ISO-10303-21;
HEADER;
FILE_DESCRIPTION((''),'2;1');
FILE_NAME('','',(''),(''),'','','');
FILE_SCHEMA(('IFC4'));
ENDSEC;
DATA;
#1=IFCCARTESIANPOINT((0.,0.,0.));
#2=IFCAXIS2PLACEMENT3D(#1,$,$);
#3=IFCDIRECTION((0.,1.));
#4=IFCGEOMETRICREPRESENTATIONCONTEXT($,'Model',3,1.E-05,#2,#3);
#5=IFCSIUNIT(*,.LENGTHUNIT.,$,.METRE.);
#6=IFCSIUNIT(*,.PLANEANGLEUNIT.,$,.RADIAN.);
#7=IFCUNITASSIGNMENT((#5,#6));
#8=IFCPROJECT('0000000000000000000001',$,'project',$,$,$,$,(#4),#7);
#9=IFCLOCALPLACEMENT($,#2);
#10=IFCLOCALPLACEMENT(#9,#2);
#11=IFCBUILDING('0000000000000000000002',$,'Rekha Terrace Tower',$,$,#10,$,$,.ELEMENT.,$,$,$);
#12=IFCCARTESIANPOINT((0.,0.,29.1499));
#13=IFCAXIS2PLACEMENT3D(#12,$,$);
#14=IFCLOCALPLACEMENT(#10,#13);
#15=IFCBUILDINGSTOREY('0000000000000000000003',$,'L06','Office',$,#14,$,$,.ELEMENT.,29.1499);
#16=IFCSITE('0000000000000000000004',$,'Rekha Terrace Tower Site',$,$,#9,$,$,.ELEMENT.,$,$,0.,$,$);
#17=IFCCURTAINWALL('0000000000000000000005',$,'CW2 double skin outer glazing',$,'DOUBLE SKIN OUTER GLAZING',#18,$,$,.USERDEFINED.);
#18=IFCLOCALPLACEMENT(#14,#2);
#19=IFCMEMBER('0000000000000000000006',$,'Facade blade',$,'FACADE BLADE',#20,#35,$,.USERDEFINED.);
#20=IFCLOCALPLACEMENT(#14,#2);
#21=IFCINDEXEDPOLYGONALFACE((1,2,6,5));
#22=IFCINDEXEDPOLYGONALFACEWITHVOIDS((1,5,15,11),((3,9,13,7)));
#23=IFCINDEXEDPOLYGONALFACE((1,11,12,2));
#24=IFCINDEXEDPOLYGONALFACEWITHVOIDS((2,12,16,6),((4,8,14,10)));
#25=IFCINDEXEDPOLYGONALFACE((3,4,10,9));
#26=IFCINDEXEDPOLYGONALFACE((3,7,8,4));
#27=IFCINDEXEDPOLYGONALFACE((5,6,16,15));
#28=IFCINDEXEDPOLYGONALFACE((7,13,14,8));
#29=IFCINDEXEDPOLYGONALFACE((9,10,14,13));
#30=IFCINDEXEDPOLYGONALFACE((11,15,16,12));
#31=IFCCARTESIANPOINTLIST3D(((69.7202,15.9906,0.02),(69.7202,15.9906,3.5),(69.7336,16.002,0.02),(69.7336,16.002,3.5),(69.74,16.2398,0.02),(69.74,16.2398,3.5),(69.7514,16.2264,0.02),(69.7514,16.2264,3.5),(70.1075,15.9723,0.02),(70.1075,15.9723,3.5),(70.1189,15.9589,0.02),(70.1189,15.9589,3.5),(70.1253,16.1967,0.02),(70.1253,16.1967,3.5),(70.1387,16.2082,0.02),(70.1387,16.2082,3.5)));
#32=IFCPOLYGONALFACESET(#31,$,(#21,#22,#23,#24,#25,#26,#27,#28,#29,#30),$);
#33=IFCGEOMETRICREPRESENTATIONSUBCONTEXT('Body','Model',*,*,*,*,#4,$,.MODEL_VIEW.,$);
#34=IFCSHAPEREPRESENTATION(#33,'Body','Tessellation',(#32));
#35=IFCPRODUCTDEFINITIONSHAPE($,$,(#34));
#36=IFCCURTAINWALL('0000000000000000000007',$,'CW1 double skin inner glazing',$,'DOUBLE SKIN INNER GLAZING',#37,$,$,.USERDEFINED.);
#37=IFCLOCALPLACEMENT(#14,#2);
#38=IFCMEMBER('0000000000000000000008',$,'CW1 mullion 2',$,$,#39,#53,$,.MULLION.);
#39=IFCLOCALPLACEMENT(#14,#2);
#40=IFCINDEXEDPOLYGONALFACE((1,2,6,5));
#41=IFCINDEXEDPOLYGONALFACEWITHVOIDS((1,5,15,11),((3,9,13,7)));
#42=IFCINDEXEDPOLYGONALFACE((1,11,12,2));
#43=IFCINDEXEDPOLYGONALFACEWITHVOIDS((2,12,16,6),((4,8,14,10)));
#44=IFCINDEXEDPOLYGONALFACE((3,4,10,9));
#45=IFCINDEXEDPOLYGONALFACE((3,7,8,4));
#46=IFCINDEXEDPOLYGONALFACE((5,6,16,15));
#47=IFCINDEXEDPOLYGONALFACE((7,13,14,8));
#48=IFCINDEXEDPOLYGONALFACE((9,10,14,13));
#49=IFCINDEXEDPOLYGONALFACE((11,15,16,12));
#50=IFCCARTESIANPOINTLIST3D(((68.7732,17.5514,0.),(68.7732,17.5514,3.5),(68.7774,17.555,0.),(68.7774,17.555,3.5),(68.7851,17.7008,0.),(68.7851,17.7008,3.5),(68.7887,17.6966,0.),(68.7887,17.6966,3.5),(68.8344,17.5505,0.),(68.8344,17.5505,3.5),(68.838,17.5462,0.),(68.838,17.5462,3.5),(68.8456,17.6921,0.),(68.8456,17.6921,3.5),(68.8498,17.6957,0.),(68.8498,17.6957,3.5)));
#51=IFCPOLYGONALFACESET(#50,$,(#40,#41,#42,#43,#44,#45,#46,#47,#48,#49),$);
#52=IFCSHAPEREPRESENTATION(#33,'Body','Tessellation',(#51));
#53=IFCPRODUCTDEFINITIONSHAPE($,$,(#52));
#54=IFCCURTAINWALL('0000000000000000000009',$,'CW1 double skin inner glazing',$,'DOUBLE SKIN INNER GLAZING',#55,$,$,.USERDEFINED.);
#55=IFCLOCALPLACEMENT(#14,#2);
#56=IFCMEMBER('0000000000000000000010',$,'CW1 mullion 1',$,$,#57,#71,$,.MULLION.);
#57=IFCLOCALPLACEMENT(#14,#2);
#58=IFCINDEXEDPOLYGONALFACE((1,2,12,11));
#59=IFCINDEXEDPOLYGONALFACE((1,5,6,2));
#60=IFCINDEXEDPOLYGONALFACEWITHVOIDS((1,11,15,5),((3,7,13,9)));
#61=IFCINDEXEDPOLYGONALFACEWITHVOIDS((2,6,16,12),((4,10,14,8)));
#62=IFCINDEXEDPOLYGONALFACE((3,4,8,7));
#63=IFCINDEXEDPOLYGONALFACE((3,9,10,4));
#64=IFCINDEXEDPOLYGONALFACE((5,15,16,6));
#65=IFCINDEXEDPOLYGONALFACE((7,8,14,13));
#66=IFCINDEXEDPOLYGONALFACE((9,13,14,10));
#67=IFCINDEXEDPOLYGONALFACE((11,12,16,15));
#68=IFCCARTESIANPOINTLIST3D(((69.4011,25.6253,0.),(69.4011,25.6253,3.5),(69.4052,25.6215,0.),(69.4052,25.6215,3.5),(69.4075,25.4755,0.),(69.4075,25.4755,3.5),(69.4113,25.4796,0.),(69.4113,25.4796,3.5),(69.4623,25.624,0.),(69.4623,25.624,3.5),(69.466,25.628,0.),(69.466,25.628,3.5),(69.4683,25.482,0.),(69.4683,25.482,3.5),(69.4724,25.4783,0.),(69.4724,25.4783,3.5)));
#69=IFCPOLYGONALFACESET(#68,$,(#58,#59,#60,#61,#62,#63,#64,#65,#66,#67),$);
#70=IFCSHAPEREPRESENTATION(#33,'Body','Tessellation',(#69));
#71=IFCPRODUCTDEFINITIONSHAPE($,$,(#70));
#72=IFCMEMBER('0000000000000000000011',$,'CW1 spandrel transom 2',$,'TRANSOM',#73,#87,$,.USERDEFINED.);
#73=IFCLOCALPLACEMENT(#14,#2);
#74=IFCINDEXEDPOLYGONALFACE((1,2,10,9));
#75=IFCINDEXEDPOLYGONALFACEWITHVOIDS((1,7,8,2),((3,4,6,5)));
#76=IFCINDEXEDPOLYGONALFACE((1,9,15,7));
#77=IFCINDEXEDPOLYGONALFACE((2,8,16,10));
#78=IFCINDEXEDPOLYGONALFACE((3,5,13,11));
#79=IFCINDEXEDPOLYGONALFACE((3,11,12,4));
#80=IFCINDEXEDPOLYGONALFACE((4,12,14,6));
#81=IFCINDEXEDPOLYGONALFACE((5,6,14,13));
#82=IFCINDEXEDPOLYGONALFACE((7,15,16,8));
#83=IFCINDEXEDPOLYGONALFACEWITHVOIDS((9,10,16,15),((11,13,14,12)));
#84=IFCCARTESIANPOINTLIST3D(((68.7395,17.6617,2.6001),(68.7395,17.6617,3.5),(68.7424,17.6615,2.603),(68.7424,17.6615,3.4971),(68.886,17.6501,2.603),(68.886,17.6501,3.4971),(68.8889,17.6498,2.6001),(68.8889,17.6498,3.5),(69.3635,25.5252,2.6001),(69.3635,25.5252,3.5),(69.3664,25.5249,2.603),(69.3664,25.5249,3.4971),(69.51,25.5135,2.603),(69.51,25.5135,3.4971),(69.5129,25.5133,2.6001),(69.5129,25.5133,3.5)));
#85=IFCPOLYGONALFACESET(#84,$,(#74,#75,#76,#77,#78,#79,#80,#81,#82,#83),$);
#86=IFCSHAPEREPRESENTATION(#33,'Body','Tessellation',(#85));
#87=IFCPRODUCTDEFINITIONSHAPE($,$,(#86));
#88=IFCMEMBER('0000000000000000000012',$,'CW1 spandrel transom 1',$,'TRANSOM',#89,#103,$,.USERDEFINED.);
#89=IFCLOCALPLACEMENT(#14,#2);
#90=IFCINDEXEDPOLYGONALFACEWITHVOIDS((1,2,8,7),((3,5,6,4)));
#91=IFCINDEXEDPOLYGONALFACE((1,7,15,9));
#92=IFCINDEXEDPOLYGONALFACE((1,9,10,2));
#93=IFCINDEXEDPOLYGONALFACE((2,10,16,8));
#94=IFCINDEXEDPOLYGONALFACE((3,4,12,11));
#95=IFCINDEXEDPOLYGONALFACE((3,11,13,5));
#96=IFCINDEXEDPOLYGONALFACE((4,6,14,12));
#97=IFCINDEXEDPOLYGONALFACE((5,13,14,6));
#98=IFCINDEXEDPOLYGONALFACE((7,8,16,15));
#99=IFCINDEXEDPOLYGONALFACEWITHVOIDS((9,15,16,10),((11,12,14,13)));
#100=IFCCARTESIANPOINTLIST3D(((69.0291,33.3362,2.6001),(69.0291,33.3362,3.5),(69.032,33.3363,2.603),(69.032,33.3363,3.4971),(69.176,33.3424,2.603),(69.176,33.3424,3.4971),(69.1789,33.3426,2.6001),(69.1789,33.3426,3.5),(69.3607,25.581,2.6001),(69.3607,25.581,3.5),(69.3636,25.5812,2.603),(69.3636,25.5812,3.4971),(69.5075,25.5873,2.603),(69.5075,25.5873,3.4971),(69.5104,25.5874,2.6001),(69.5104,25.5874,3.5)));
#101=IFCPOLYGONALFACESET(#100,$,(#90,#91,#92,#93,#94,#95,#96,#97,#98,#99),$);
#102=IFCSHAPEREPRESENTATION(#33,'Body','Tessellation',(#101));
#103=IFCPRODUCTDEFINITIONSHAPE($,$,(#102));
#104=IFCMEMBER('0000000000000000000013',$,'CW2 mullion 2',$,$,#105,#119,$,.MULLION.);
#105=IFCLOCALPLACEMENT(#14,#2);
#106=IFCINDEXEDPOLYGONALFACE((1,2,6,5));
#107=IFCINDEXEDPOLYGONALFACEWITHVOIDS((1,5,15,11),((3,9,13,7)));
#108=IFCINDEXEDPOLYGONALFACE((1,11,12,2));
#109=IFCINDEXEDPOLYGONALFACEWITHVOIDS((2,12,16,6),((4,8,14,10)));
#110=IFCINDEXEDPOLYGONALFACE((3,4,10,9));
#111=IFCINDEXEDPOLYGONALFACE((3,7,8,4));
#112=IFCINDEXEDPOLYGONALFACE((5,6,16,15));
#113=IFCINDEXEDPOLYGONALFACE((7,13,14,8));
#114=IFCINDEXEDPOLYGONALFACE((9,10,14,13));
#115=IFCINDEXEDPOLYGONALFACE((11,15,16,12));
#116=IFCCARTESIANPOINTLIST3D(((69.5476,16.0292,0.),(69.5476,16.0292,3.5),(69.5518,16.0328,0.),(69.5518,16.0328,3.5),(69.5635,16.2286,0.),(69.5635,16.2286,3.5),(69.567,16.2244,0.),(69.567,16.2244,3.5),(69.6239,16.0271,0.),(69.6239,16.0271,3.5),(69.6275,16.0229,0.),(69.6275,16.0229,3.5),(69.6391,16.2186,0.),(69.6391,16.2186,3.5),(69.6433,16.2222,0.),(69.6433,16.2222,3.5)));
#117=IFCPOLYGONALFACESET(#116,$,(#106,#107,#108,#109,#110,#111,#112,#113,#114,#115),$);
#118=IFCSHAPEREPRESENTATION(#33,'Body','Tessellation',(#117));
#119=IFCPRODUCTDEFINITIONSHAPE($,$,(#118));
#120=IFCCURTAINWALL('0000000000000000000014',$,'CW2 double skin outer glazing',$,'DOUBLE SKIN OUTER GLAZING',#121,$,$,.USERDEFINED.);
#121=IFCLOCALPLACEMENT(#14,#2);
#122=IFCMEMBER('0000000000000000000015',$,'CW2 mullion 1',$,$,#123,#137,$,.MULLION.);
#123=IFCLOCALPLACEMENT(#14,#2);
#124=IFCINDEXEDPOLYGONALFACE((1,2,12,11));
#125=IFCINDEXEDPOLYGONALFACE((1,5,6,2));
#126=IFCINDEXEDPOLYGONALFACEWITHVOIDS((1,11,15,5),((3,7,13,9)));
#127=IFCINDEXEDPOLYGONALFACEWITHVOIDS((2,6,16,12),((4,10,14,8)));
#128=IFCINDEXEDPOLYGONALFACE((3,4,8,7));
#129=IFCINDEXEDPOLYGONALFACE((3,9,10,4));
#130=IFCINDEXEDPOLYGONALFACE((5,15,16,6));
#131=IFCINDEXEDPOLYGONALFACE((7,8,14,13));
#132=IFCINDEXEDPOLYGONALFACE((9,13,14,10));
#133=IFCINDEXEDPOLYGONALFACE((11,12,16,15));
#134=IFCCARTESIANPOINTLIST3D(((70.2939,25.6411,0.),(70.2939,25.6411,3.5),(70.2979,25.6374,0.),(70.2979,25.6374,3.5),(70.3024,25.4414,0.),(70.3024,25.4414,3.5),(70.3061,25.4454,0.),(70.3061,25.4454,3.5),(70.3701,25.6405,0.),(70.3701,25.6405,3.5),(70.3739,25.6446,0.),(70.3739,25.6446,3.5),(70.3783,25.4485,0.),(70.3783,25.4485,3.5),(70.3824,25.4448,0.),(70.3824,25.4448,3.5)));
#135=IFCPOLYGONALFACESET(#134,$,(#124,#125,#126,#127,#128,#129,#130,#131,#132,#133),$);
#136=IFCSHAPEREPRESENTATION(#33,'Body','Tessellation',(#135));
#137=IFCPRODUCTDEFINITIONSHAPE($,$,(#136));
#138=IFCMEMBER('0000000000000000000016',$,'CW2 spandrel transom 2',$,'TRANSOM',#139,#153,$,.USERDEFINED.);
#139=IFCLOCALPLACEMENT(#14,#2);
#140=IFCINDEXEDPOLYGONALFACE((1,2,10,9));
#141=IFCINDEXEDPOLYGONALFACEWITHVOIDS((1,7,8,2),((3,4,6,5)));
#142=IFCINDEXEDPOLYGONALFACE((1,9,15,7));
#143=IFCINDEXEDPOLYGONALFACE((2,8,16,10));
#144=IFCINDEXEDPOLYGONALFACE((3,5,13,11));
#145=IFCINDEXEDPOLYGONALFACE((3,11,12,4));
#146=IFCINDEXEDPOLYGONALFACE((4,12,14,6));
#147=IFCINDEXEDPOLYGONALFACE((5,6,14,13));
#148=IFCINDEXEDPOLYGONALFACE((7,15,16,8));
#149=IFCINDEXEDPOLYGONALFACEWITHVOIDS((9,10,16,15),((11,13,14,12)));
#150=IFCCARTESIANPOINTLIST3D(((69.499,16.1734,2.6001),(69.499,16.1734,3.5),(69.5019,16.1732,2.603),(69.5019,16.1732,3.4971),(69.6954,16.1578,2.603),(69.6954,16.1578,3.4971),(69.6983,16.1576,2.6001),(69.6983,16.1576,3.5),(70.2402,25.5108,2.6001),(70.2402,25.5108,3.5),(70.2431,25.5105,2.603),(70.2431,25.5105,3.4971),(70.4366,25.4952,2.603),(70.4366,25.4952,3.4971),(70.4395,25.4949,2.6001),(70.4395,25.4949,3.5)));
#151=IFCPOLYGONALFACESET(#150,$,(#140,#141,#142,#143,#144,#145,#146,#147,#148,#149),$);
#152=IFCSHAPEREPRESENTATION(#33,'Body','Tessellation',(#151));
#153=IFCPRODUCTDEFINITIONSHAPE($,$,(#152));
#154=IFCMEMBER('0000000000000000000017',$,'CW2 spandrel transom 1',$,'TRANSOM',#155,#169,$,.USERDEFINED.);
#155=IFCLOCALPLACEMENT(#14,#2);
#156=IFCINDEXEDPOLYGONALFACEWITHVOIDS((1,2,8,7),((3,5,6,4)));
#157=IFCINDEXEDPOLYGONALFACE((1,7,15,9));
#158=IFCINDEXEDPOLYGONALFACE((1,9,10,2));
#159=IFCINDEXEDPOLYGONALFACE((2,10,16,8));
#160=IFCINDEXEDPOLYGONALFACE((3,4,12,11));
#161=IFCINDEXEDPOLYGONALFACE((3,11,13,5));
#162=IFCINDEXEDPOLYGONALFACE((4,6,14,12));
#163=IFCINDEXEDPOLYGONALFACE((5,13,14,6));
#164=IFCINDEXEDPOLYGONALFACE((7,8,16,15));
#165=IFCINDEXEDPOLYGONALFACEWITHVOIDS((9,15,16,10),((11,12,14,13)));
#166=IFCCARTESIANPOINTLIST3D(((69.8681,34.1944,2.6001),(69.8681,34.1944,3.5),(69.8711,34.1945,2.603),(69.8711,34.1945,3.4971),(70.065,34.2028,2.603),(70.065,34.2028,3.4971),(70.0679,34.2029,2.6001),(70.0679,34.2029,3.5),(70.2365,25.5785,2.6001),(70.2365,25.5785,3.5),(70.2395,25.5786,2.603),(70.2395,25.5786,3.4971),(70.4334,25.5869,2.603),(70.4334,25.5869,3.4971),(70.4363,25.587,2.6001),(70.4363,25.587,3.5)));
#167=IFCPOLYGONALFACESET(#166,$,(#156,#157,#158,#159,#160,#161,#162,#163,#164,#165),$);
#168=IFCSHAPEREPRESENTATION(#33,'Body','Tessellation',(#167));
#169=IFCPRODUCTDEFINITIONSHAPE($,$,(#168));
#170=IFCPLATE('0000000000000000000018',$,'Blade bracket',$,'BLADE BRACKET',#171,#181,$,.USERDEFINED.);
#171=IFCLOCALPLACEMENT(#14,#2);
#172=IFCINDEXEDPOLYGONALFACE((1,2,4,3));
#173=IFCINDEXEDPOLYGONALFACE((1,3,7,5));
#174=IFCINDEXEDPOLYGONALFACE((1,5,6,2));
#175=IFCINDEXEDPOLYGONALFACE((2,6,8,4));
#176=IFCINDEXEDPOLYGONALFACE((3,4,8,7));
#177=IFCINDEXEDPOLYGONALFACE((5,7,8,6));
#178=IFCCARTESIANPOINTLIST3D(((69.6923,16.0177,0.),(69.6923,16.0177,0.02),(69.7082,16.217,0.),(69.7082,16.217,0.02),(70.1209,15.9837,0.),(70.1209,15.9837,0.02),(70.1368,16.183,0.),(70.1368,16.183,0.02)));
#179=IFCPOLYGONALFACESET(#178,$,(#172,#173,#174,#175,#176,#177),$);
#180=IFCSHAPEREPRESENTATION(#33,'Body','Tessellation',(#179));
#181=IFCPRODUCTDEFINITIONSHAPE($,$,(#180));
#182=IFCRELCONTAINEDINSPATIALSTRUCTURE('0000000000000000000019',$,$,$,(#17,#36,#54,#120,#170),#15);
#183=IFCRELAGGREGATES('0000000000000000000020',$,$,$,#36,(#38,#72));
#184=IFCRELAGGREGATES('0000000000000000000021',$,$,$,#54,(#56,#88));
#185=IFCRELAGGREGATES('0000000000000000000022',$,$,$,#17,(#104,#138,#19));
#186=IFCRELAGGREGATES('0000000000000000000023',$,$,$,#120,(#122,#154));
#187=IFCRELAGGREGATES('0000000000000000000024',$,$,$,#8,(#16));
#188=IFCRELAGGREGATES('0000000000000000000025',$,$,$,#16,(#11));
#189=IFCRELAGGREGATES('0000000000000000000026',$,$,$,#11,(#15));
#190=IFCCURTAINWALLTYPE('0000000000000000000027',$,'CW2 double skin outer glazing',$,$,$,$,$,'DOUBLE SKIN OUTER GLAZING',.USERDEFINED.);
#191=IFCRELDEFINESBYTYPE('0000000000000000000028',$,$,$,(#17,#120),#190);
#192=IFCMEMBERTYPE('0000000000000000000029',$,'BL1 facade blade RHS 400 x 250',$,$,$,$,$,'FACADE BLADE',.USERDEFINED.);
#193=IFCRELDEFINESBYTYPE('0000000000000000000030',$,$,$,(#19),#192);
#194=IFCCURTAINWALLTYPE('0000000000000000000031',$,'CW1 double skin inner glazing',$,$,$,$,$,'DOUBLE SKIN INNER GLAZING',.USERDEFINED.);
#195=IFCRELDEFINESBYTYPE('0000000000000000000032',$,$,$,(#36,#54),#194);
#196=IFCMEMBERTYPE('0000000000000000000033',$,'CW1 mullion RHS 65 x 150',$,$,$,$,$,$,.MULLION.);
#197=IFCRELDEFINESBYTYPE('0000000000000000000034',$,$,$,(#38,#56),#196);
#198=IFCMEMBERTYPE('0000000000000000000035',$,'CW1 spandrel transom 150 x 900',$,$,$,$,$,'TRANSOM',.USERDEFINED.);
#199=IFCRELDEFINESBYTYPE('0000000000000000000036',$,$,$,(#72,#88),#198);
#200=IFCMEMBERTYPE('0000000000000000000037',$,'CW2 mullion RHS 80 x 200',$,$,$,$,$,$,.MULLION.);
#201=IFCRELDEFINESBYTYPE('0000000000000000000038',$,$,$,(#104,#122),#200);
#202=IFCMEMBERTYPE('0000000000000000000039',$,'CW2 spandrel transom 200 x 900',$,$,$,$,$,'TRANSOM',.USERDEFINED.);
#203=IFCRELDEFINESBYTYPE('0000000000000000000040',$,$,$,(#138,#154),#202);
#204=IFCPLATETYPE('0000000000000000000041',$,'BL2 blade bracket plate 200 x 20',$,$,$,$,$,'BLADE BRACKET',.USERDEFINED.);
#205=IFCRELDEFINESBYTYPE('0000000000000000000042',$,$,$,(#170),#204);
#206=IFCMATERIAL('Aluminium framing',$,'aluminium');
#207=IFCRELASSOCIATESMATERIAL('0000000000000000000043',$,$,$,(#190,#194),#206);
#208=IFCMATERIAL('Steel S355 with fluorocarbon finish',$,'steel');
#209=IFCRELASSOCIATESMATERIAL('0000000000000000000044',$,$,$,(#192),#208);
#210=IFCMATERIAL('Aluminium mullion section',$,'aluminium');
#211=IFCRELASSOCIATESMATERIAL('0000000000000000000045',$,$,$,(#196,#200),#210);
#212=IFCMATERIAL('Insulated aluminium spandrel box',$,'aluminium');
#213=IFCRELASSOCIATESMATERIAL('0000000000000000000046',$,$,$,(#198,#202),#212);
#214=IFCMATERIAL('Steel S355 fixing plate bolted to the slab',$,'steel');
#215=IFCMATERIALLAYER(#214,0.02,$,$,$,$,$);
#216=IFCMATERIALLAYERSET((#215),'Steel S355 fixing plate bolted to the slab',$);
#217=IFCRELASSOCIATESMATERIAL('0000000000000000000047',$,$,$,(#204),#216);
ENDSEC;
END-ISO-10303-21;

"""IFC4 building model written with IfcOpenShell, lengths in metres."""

from ifc_helpers import new_model, si_unit, direction, frame, origin, origin_2d, place, context, subcontext, project, spatial, rectangle, hollow_rectangle, extrude, material, layer, layer_set, material_profile, profile_set, type_object, element, aggregate, save


model = new_model("IFC4")

# Units and contexts
model_context = context("Model", 3, precision=1e-05, world=origin(), true_north=direction((0.0, 1.0)))
body_context = subcontext(model_context, "Body", "Model", "MODEL_VIEW")
ifc_project = project(units=[si_unit("LENGTHUNIT", "METRE"), si_unit("PLANEANGLEUNIT", "RADIAN")], contexts=[model_context])

# Site, building, storey
site_placement = place(None, origin())
site = spatial("IfcSite", under=ifc_project, at=site_placement, Name="Rekha Terrace Tower Site", CompositionType="ELEMENT", RefElevation=0.0)
building_placement = place(site_placement, origin())
building = spatial("IfcBuilding", under=site, at=building_placement, Name="Rekha Terrace Tower", CompositionType="ELEMENT")
storey_placement = place(building_placement, frame((0.0, 0.0, 29.1499)))
storey = spatial("IfcBuildingStorey", under=building, at=storey_placement, Name="L06", Description="Office", CompositionType="ELEMENT", Elevation=29.1499)

# Curtain walls, members
ifc_material_1 = material(Name="Aluminium framing", Category="aluminium")
curtain_wall_type_1 = type_object("IfcCurtainWallType", Name="CW2 double skin outer glazing", ElementType="DOUBLE SKIN OUTER GLAZING", PredefinedType="USERDEFINED", material=ifc_material_1)
curtain_wall_1_placement = place(storey_placement, origin())
curtain_wall_1 = element("IfcCurtainWall", 1, at=curtain_wall_1_placement, inside=storey, type_object=curtain_wall_type_1, Name="CW2 double skin outer glazing", ObjectType="DOUBLE SKIN OUTER GLAZING", PredefinedType="USERDEFINED")
ifc_material_2 = material(Name="Steel S355 with fluorocarbon finish", Category="steel")
ifc_material_profile_1 = material_profile(ifc_material_2, hollow_rectangle(XDim=0.25, YDim=0.3999, WallThickness=0.0125, at=origin_2d()), Name="RHS400x250x12.5")
ifc_profile_set_1 = profile_set([ifc_material_profile_1], Name="Steel S355 with fluorocarbon finish")
member_type_1 = type_object("IfcMemberType", Name="BL1 facade blade RHS 400 x 250", ElementType="FACADE BLADE", PredefinedType="USERDEFINED", material=ifc_profile_set_1)
member_1_placement = place(storey_placement, frame((69.9294, 16.0994, 0.02), z_axis=(0.0, 0.0, 1.0), x_axis=(0.079117, 0.996865, 0.0)))
member_1 = element("IfcMember", 2, at=member_1_placement, type_object=member_type_1, Name="Facade blade", ObjectType="FACADE BLADE", PredefinedType="USERDEFINED", context=body_context, shape_type="SweptSolid", body=[
    extrude(hollow_rectangle(XDim=0.25, YDim=0.3999, WallThickness=0.0125, at=origin_2d()), origin(), (0.0, 0.0, 1.0), 3.48),
])
curtain_wall_type_2 = type_object("IfcCurtainWallType", Name="CW1 double skin inner glazing", ElementType="DOUBLE SKIN INNER GLAZING", PredefinedType="USERDEFINED", material=ifc_material_1)
curtain_wall_2_placement = place(storey_placement, origin())
curtain_wall_2 = element("IfcCurtainWall", 3, at=curtain_wall_2_placement, inside=storey, type_object=curtain_wall_type_2, Name="CW1 double skin inner glazing", ObjectType="DOUBLE SKIN INNER GLAZING", PredefinedType="USERDEFINED")
ifc_material_3 = material(Name="Aluminium mullion section", Category="aluminium")
ifc_material_profile_2 = material_profile(ifc_material_3, hollow_rectangle(XDim=0.0649, YDim=0.1499, WallThickness=0.0039, at=origin_2d()), Name="AL RHS 65x150")
ifc_profile_set_2 = profile_set([ifc_material_profile_2], Name="Aluminium mullion section")
member_type_2 = type_object("IfcMemberType", Name="CW1 mullion RHS 65 x 150", PredefinedType="MULLION", material=ifc_profile_set_2)
member_2_placement = place(storey_placement, frame((68.8115, 17.6235, 0.0), z_axis=(0.0, 0.0, 1.0), x_axis=(-0.996865, 0.079116, 0.0)))
member_2 = element("IfcMember", 4, at=member_2_placement, type_object=member_type_2, Name="CW1 mullion 2", PredefinedType="MULLION", context=body_context, shape_type="SweptSolid", body=[
    extrude(hollow_rectangle(XDim=0.0649, YDim=0.1499, WallThickness=0.0039, at=origin_2d()), origin(), (0.0, 0.0, 1.0), 3.5),
])
curtain_wall_3_placement = place(storey_placement, origin())
curtain_wall_3 = element("IfcCurtainWall", 5, at=curtain_wall_3_placement, inside=storey, type_object=curtain_wall_type_2, Name="CW1 double skin inner glazing", ObjectType="DOUBLE SKIN INNER GLAZING", PredefinedType="USERDEFINED")
member_3_placement = place(storey_placement, frame((69.4368, 25.5518, 0.0), z_axis=(0.0, 0.0, 1.0), x_axis=(-0.999088, -0.042696, 0.0)))
member_3 = element("IfcMember", 6, at=member_3_placement, type_object=member_type_2, Name="CW1 mullion 1", PredefinedType="MULLION", context=body_context, shape_type="SweptSolid", body=[
    extrude(hollow_rectangle(XDim=0.0649, YDim=0.1499, WallThickness=0.0039, at=origin_2d()), origin(), (0.0, 0.0, 1.0), 3.5),
])

# Members
ifc_material_4 = material(Name="Insulated aluminium spandrel box", Category="aluminium")
ifc_material_profile_3 = material_profile(ifc_material_4, hollow_rectangle(XDim=0.1499, YDim=0.8999, WallThickness=0.0029, at=origin_2d()), Name="AL SPANDREL BOX 150x900")
ifc_profile_set_3 = profile_set([ifc_material_profile_3], Name="Insulated aluminium spandrel box")
member_type_3 = type_object("IfcMemberType", Name="CW1 spandrel transom 150 x 900", ElementType="TRANSOM", PredefinedType="USERDEFINED", material=ifc_profile_set_3)
member_4_placement = place(storey_placement, frame((68.8142, 17.6558, 3.05), z_axis=(0.079108, 0.996866, 0.0), x_axis=(-0.996866, 0.079108, 0.0)))
member_4 = element("IfcMember", 7, at=member_4_placement, type_object=member_type_3, Name="CW1 spandrel transom 2", ObjectType="TRANSOM", PredefinedType="USERDEFINED", context=body_context, shape_type="SweptSolid", body=[
    extrude(hollow_rectangle(XDim=0.1499, YDim=0.8999, WallThickness=0.0029, at=origin_2d()), origin(), (0.0, 0.0, 1.0), 7.8882),
])
member_5_placement = place(storey_placement, frame((69.4355, 25.5842, 3.05), z_axis=(-0.042712, 0.999087, 0.0), x_axis=(-0.999087, -0.042712, 0.0)))
member_5 = element("IfcMember", 8, at=member_5_placement, type_object=member_type_3, Name="CW1 spandrel transom 1", ObjectType="TRANSOM", PredefinedType="USERDEFINED", context=body_context, shape_type="SweptSolid", body=[
    extrude(hollow_rectangle(XDim=0.1499, YDim=0.8999, WallThickness=0.0029, at=origin_2d()), origin(), (0.0, 0.0, 1.0), 7.7622),
])
ifc_material_profile_4 = material_profile(ifc_material_3, hollow_rectangle(XDim=0.0801, YDim=0.2, WallThickness=0.0039, at=origin_2d()), Name="AL RHS 80x200")
ifc_profile_set_4 = profile_set([ifc_material_profile_4], Name="Aluminium mullion section")
member_type_4 = type_object("IfcMemberType", Name="CW2 mullion RHS 80 x 200", PredefinedType="MULLION", material=ifc_profile_set_4)
member_6_placement = place(storey_placement, frame((69.5955, 16.1257, 0.0), z_axis=(0.0, 0.0, 1.0), x_axis=(-0.996865, 0.079116, 0.0)))
member_6 = element("IfcMember", 9, at=member_6_placement, type_object=member_type_4, Name="CW2 mullion 2", PredefinedType="MULLION", context=body_context, shape_type="SweptSolid", body=[
    extrude(hollow_rectangle(XDim=0.0801, YDim=0.2, WallThickness=0.0039, at=origin_2d()), origin(), (0.0, 0.0, 1.0), 3.5),
])

# Curtain wall, member
curtain_wall_4_placement = place(storey_placement, origin())
curtain_wall_4 = element("IfcCurtainWall", 10, at=curtain_wall_4_placement, inside=storey, type_object=curtain_wall_type_1, Name="CW2 double skin outer glazing", ObjectType="DOUBLE SKIN OUTER GLAZING", PredefinedType="USERDEFINED")
member_7_placement = place(storey_placement, frame((70.3381, 25.543, 0.0), z_axis=(0.0, 0.0, 1.0), x_axis=(-0.999088, -0.042696, 0.0)))
member_7 = element("IfcMember", 11, at=member_7_placement, type_object=member_type_4, Name="CW2 mullion 1", PredefinedType="MULLION", context=body_context, shape_type="SweptSolid", body=[
    extrude(hollow_rectangle(XDim=0.0801, YDim=0.2, WallThickness=0.0039, at=origin_2d()), origin(), (0.0, 0.0, 1.0), 3.5),
])

# Members
ifc_material_profile_5 = material_profile(ifc_material_4, hollow_rectangle(XDim=0.2, YDim=0.8999, WallThickness=0.0029, at=origin_2d()), Name="AL SPANDREL BOX 200x900")
ifc_profile_set_5 = profile_set([ifc_material_profile_5], Name="Insulated aluminium spandrel box")
member_type_5 = type_object("IfcMemberType", Name="CW2 spandrel transom 200 x 900", ElementType="TRANSOM", PredefinedType="USERDEFINED", material=ifc_profile_set_5)
member_8_placement = place(storey_placement, frame((69.5986, 16.1655, 3.05), z_axis=(0.079132, 0.996864, 0.0), x_axis=(-0.996864, 0.079132, 0.0)))
member_8 = element("IfcMember", 12, at=member_8_placement, type_object=member_type_5, Name="CW2 spandrel transom 2", ObjectType="TRANSOM", PredefinedType="USERDEFINED", context=body_context, shape_type="SweptSolid", body=[
    extrude(hollow_rectangle(XDim=0.2, YDim=0.8999, WallThickness=0.0029, at=origin_2d()), origin(), (0.0, 0.0, 1.0), 9.3667),
])
member_9_placement = place(storey_placement, frame((70.3364, 25.5828, 3.05), z_axis=(-0.04272, 0.999087, 0.0), x_axis=(-0.999087, -0.04272, 0.0)))
member_9 = element("IfcMember", 13, at=member_9_placement, type_object=member_type_5, Name="CW2 spandrel transom 1", ObjectType="TRANSOM", PredefinedType="USERDEFINED", context=body_context, shape_type="SweptSolid", body=[
    extrude(hollow_rectangle(XDim=0.2, YDim=0.8999, WallThickness=0.0029, at=origin_2d()), origin(), (0.0, 0.0, 1.0), 8.6238),
])

# Plate
ifc_material_5 = material(Name="Steel S355 fixing plate bolted to the slab", Category="steel")
ifc_layer_1 = layer(ifc_material_5, 0.02)
ifc_layer_set_1 = layer_set([ifc_layer_1], Name="Steel S355 fixing plate bolted to the slab")
plate_type_1 = type_object("IfcPlateType", Name="BL2 blade bracket plate 200 x 20", ElementType="BLADE BRACKET", PredefinedType="USERDEFINED", material=ifc_layer_set_1)
plate_1_placement = place(storey_placement, frame((69.9146, 16.1003, 0.0), z_axis=(0.0, 0.0, 1.0), x_axis=(0.996865, -0.079117, 0.0)))
element("IfcPlate", 14, at=plate_1_placement, inside=storey, type_object=plate_type_1, Name="Blade bracket", ObjectType="BLADE BRACKET", PredefinedType="USERDEFINED", context=body_context, shape_type="SweptSolid", body=[
    extrude(rectangle(XDim=0.4299, YDim=0.2, at=origin_2d()), origin(), (0.0, 0.0, 1.0), 0.02),
])
aggregate(curtain_wall_2, [member_2, member_4])
aggregate(curtain_wall_3, [member_3, member_5])
aggregate(curtain_wall_1, [member_6, member_8, member_1])
aggregate(curtain_wall_4, [member_7, member_9])

save(model, "model.ifc")
